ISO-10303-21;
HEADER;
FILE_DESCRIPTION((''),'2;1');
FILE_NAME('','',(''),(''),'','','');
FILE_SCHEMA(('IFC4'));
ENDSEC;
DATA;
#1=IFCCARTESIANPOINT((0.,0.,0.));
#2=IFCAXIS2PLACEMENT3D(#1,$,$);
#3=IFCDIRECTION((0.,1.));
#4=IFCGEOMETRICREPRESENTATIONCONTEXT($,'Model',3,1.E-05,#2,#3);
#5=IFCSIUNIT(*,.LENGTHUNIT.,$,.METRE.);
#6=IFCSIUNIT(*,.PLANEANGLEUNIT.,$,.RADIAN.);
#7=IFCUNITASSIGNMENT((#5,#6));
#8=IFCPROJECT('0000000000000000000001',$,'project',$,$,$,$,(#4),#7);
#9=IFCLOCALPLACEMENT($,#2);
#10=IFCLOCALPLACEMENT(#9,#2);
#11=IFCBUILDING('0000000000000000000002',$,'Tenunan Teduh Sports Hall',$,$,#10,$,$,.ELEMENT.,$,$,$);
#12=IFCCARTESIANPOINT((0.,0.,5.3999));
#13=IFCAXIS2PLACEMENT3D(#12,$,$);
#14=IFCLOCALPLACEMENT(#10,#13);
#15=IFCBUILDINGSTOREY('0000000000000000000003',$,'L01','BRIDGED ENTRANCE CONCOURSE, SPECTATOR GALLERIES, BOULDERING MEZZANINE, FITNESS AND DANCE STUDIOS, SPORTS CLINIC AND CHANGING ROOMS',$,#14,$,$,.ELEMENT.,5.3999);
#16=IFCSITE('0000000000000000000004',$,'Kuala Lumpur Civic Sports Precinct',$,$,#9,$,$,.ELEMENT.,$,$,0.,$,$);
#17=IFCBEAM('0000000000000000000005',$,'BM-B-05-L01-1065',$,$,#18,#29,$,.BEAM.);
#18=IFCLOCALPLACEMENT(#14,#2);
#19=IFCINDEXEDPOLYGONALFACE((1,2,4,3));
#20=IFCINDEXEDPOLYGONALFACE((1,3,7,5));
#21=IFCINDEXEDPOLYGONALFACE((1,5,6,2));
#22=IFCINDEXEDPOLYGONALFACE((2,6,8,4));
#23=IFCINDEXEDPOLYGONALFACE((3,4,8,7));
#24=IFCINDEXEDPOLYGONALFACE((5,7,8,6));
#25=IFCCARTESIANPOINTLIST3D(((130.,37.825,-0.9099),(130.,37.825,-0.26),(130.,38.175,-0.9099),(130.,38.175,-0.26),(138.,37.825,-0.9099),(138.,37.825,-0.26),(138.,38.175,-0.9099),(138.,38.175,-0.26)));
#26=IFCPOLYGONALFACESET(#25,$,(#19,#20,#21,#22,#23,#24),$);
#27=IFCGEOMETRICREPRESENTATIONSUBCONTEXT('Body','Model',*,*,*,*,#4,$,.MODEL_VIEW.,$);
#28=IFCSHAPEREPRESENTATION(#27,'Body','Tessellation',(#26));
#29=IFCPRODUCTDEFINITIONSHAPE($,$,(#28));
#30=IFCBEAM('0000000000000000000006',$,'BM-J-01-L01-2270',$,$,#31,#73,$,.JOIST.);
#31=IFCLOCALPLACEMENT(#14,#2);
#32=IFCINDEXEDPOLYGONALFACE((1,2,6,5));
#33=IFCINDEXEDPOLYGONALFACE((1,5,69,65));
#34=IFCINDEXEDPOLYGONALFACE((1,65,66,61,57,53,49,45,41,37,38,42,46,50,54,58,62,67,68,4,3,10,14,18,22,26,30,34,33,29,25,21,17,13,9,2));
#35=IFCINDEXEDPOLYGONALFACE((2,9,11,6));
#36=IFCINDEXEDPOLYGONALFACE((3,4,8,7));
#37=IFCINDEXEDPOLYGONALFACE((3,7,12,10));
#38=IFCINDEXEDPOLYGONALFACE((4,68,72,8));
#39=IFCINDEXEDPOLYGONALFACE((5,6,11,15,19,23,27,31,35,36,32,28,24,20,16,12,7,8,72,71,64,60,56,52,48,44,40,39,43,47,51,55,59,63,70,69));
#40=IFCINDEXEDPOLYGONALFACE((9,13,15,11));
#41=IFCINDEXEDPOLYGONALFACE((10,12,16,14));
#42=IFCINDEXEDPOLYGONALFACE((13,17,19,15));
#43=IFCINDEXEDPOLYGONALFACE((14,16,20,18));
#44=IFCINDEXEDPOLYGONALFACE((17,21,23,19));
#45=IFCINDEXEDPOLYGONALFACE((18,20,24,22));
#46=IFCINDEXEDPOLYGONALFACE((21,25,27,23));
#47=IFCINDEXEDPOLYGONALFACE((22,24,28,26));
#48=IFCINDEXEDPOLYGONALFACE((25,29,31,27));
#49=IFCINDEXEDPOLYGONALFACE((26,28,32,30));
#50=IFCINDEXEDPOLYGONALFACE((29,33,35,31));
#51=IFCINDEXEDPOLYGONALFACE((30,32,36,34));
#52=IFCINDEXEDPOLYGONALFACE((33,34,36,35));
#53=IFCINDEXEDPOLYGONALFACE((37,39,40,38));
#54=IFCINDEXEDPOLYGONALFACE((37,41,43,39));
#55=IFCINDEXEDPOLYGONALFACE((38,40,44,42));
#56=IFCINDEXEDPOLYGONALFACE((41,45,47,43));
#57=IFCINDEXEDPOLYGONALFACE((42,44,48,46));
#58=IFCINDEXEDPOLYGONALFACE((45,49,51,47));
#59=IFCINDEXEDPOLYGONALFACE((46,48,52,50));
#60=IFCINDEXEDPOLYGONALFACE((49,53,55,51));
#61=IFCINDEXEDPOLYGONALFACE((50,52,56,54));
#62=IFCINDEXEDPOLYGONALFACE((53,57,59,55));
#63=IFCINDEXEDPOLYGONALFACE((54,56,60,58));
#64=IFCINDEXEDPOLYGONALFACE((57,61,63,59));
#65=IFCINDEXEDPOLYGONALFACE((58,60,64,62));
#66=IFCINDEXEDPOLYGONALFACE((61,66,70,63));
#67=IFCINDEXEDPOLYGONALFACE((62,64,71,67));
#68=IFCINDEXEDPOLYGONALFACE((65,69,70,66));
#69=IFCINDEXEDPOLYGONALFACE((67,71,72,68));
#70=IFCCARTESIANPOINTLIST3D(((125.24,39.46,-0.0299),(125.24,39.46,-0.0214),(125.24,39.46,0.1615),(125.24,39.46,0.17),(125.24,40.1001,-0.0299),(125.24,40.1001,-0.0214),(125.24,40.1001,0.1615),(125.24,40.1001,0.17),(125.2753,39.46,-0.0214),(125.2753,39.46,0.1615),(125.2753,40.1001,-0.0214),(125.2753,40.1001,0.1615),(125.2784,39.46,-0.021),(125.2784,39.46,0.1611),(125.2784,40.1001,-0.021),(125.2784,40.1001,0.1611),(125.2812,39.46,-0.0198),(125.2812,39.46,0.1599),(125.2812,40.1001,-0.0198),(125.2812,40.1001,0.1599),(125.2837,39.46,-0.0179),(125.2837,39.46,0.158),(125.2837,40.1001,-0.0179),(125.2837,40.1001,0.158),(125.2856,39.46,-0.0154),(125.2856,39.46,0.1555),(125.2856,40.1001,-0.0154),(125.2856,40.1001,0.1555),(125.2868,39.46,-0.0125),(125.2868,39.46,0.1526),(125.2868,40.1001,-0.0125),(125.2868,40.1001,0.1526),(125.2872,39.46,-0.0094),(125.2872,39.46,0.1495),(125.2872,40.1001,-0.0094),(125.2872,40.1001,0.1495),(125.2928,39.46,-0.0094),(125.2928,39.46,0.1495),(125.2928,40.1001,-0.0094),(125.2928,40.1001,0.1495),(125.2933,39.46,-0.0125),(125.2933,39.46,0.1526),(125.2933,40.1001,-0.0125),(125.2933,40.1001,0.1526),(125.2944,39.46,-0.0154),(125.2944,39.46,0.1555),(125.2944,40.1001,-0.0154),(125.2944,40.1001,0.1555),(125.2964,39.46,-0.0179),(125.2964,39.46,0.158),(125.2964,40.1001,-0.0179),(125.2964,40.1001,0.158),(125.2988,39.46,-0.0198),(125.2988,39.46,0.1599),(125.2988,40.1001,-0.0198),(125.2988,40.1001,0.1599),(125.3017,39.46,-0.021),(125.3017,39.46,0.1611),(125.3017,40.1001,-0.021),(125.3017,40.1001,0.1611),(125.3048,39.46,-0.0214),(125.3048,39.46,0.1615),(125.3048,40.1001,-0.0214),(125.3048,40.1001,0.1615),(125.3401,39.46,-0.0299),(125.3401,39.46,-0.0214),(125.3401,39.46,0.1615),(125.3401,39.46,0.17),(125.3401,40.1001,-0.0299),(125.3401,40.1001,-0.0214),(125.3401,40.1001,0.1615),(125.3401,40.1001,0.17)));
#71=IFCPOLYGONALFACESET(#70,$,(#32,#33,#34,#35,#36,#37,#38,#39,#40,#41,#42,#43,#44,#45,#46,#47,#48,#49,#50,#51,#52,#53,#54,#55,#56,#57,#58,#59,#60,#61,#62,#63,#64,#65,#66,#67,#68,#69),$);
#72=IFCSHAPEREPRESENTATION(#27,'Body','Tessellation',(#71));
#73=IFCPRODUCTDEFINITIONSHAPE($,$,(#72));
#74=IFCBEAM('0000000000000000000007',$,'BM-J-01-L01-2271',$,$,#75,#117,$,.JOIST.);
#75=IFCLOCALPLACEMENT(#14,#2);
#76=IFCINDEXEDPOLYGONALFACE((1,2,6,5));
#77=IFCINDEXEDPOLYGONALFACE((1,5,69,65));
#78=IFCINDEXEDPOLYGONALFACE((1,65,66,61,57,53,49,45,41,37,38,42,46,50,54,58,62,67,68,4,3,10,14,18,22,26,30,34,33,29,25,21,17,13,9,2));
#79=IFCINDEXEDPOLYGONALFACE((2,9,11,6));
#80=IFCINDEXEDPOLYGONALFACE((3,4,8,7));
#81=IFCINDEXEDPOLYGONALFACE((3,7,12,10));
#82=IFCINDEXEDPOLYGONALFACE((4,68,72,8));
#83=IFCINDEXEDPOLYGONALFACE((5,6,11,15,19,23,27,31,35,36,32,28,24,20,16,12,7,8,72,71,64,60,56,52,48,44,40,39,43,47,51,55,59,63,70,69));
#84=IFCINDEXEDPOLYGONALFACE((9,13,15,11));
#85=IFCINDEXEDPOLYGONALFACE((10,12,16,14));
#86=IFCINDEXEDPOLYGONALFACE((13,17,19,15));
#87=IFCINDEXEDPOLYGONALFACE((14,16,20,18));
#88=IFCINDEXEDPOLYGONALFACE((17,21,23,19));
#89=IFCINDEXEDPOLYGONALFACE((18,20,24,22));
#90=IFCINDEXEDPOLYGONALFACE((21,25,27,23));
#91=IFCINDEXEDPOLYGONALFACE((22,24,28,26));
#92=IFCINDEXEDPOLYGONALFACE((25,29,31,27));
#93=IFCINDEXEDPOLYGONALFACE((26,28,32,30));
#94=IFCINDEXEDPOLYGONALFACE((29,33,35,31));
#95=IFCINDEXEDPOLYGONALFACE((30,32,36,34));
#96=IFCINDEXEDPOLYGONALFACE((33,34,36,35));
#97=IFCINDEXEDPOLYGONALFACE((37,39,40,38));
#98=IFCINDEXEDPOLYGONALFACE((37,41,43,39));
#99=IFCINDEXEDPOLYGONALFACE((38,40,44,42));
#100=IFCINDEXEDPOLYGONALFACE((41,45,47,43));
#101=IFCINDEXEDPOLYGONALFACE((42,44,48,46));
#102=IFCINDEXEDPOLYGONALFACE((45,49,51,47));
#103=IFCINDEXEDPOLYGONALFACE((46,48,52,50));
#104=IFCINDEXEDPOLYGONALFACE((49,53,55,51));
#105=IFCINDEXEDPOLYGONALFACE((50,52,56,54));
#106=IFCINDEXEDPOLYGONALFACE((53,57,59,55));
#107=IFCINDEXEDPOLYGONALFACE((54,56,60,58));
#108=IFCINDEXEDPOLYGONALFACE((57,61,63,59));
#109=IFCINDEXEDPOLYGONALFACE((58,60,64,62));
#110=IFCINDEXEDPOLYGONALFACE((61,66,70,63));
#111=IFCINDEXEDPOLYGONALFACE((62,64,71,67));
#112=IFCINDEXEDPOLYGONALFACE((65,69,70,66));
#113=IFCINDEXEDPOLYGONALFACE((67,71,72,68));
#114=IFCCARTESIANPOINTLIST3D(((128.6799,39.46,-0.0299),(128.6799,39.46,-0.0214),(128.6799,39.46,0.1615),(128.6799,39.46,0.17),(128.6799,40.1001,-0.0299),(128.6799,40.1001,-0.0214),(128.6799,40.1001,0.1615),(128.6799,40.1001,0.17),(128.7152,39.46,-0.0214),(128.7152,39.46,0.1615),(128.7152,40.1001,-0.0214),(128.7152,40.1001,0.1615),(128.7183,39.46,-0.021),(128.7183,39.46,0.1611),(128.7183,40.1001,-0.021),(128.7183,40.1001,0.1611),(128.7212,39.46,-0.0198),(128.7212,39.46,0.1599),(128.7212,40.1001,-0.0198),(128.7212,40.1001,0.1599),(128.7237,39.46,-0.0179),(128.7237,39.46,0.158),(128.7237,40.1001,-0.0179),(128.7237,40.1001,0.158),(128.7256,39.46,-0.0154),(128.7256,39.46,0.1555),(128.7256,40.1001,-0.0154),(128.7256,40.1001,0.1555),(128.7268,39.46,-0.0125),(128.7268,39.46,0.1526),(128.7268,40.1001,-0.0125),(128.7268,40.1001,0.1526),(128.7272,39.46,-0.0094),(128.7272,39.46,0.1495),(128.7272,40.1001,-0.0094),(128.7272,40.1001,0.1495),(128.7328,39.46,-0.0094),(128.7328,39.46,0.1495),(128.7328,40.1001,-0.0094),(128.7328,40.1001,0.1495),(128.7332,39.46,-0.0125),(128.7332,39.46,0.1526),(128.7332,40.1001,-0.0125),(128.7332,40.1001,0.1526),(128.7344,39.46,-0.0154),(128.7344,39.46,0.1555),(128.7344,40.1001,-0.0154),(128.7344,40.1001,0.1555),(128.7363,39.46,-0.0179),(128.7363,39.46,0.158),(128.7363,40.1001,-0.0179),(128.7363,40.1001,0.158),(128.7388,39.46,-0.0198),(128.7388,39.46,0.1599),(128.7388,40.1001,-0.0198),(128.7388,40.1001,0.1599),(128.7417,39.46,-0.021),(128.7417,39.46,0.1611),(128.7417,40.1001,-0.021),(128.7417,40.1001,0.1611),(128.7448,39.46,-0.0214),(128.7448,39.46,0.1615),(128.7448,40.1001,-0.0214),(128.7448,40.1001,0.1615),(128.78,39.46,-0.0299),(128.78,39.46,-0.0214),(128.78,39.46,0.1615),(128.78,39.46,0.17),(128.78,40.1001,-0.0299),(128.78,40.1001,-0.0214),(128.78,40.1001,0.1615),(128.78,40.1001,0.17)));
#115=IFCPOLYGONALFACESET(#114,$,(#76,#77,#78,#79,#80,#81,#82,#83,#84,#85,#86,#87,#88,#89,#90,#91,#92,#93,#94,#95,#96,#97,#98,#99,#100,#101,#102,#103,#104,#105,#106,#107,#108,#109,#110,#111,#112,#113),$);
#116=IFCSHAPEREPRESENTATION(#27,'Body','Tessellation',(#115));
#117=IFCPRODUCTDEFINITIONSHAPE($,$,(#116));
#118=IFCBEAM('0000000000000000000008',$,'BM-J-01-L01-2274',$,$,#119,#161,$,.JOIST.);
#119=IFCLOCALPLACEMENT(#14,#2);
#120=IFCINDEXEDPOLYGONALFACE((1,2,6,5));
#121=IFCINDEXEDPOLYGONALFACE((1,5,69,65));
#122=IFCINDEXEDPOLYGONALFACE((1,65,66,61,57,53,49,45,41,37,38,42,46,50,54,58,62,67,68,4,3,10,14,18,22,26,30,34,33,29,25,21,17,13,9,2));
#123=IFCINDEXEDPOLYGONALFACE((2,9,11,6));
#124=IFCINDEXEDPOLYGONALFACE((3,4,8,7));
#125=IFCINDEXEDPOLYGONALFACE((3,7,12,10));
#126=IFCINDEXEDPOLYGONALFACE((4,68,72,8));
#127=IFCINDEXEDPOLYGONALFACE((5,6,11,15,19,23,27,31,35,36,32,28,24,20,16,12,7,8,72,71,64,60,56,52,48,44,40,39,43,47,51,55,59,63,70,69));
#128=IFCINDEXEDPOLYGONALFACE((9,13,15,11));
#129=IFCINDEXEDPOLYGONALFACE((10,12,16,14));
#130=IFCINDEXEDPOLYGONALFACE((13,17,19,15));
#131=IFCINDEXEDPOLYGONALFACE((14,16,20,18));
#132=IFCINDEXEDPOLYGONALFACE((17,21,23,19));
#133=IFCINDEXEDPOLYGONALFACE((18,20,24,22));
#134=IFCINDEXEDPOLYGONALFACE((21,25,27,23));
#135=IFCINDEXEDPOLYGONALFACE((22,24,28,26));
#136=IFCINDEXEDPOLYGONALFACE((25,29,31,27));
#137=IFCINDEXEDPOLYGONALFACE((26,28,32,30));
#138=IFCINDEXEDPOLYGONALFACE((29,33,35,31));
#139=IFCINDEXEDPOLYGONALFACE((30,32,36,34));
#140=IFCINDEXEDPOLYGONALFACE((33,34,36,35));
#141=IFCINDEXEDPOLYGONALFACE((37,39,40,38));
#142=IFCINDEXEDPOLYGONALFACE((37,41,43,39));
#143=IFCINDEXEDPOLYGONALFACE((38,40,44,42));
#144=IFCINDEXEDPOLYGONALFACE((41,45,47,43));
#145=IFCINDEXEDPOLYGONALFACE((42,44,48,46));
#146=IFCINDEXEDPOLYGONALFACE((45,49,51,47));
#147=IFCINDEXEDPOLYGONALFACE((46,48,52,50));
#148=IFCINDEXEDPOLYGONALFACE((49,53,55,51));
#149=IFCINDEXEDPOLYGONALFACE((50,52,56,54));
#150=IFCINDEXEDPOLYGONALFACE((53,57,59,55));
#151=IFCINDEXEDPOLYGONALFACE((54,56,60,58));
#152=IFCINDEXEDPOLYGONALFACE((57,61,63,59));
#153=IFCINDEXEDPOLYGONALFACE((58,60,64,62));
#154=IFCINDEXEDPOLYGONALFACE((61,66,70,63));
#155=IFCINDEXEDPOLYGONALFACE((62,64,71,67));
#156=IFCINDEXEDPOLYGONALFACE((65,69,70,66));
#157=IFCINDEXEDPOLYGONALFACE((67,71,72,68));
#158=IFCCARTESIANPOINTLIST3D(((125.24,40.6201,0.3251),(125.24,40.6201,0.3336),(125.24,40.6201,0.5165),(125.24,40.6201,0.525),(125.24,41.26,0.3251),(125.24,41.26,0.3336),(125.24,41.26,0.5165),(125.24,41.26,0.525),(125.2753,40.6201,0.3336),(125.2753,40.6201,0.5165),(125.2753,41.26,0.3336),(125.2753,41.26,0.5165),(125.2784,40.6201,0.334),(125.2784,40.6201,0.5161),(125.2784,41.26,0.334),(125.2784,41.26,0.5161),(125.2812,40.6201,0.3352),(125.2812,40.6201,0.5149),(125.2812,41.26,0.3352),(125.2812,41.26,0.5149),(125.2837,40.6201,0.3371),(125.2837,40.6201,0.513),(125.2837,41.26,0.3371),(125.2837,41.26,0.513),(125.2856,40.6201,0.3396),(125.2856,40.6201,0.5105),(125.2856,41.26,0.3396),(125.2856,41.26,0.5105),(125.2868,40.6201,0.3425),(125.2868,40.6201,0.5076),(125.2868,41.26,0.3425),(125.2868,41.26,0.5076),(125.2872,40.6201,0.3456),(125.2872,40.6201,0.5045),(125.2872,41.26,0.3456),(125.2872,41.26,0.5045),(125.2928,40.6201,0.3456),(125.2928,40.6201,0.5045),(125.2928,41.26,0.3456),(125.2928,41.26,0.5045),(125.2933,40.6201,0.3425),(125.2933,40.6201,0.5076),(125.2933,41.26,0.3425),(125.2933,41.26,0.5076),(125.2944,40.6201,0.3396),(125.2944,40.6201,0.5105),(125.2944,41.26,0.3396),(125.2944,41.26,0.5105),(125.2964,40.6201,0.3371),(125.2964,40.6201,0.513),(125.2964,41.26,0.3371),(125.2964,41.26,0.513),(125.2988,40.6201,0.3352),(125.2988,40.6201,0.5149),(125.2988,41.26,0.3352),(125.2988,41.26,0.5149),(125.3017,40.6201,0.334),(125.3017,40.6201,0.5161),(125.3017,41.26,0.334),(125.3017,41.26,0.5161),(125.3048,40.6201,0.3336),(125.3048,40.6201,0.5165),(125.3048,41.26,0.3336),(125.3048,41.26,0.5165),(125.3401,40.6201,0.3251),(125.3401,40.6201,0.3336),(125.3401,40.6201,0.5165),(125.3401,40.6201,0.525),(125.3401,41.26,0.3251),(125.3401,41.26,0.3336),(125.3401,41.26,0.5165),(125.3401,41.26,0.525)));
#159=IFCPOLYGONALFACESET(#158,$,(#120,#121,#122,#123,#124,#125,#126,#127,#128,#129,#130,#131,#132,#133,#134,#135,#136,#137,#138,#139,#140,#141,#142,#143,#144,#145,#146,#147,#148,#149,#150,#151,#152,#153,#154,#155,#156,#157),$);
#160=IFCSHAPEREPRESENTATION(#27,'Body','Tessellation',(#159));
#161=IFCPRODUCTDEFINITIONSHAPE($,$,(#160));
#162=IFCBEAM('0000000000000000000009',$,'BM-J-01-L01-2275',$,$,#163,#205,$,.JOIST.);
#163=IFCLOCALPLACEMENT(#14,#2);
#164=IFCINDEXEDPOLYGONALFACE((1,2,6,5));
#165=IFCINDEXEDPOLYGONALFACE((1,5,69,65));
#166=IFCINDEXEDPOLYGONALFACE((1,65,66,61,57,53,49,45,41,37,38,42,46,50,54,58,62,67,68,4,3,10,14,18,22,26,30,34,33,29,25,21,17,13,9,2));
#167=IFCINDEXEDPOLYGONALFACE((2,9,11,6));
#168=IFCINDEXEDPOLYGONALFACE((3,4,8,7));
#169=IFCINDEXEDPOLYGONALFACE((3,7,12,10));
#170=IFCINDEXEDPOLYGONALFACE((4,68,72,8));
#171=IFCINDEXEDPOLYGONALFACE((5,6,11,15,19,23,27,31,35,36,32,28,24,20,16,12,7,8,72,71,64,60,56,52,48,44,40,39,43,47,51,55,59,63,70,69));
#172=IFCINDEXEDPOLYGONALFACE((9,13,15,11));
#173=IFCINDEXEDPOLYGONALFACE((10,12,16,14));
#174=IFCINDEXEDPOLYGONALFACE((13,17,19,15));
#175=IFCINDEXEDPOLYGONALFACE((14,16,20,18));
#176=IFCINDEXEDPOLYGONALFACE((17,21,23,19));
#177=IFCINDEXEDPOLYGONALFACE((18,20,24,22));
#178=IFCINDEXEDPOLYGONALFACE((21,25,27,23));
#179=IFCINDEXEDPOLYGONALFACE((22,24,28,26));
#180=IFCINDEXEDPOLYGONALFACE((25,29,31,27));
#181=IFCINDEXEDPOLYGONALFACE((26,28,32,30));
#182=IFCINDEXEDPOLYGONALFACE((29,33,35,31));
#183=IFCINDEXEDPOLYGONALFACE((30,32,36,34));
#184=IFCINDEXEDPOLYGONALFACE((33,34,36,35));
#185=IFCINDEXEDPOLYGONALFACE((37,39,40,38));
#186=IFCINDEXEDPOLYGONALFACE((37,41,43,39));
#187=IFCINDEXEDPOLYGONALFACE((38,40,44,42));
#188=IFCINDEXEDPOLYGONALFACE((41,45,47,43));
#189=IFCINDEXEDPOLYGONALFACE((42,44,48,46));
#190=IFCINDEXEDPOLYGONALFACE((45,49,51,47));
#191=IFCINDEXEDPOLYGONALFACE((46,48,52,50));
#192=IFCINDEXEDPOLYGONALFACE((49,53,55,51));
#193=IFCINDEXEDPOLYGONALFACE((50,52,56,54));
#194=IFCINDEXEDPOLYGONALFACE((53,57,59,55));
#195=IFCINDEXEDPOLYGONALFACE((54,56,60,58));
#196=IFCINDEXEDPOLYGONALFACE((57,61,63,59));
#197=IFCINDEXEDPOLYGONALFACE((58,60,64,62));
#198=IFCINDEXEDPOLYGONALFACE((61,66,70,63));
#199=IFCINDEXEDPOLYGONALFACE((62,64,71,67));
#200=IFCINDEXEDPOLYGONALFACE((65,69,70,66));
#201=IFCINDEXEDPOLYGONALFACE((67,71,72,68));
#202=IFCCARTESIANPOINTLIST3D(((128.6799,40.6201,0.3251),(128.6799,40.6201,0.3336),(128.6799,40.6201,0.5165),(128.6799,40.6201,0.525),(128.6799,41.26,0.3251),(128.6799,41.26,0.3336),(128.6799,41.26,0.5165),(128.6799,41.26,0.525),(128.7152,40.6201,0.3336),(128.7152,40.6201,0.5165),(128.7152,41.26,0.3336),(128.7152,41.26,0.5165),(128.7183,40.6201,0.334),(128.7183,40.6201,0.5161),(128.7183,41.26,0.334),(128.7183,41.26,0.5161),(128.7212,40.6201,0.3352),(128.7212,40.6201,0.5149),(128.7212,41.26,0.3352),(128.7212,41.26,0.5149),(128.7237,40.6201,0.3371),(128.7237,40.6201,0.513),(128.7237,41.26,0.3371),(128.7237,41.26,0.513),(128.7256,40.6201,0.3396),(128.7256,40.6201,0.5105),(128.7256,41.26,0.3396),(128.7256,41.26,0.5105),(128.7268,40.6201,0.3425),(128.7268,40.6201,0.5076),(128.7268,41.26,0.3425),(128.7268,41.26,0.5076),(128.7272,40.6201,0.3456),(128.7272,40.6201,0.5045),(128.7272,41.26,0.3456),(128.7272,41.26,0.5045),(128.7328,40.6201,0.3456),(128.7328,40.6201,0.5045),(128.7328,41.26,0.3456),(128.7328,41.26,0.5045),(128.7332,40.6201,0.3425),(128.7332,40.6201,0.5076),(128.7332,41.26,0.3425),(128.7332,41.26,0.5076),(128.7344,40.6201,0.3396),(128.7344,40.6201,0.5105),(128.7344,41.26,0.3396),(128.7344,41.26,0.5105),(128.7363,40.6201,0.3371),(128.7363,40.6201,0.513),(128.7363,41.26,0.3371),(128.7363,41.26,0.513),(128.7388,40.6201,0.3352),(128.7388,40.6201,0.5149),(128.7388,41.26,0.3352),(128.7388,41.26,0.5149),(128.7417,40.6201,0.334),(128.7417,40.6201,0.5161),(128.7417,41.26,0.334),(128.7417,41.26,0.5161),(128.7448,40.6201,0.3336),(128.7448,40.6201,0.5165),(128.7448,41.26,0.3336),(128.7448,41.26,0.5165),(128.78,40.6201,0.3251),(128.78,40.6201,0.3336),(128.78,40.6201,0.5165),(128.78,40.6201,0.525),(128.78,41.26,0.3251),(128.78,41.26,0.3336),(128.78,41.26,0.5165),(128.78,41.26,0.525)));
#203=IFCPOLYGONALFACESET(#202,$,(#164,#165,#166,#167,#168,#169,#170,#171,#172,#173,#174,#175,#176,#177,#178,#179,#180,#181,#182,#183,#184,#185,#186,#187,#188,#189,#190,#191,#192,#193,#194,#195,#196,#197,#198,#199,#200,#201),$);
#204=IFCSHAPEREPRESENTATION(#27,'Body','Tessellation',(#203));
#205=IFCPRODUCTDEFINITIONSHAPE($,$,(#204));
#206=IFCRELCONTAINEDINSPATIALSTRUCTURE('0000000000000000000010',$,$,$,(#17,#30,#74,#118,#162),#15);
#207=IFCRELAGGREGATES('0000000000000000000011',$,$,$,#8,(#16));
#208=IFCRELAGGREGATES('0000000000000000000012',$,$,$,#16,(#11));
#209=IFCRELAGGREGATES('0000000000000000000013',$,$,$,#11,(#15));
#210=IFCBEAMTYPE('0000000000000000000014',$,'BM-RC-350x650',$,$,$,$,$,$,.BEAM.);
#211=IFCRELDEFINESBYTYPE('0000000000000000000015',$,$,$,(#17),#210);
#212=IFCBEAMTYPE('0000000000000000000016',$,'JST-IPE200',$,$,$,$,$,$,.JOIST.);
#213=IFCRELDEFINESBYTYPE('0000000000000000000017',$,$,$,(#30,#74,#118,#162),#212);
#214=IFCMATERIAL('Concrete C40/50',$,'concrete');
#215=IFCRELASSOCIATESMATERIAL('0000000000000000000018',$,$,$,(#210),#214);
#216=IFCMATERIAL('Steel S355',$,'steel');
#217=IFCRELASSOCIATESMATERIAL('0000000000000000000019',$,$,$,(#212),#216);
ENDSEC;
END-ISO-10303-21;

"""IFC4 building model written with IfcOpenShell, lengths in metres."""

from ifc_helpers import new_model, si_unit, direction, frame, origin, origin_2d, place, context, subcontext, project, spatial, rectangle, i_section, extrude, material, material_profile, profile_set, type_object, element, save


model = new_model("IFC4")

# Units and contexts
model_context = context("Model", 3, precision=1e-05, world=origin(), true_north=direction((0.0, 1.0)))
body_context = subcontext(model_context, "Body", "Model", "MODEL_VIEW")
ifc_project = project(units=[si_unit("LENGTHUNIT", "METRE"), si_unit("PLANEANGLEUNIT", "RADIAN")], contexts=[model_context])

# Site, building, storey
site_placement = place(None, origin())
site = spatial("IfcSite", under=ifc_project, at=site_placement, Name="Kuala Lumpur Civic Sports Precinct", CompositionType="ELEMENT", RefElevation=0.0)
building_placement = place(site_placement, origin())
building = spatial("IfcBuilding", under=site, at=building_placement, Name="Tenunan Teduh Sports Hall", CompositionType="ELEMENT")
storey_placement = place(building_placement, frame((0.0, 0.0, 5.3999)))
storey = spatial("IfcBuildingStorey", under=building, at=storey_placement, Name="L01", Description="BRIDGED ENTRANCE CONCOURSE, SPECTATOR GALLERIES, BOULDERING MEZZANINE, FITNESS AND DANCE STUDIOS, SPORTS CLINIC AND CHANGING ROOMS", CompositionType="ELEMENT", Elevation=5.3999)

# Beams
ifc_material_1 = material(Name="Concrete C40/50", Category="concrete")
ifc_material_profile_1 = material_profile(ifc_material_1, rectangle(XDim=0.3501, YDim=0.6499, at=origin_2d()), Name="RCB 350x650")
ifc_profile_set_1 = profile_set([ifc_material_profile_1], Name="Concrete C40/50")
beam_type_1 = type_object("IfcBeamType", Name="BM-RC-350x650", PredefinedType="BEAM", material=ifc_profile_set_1)
beam_1_placement = place(storey_placement, frame((130.0, 38.0, -0.585), z_axis=(1.0, 0.0, 0.0), x_axis=(0.0, 1.0, 0.0)))
element("IfcBeam", 1, at=beam_1_placement, inside=storey, type_object=beam_type_1, Name="BM-B-05-L01-1065", PredefinedType="BEAM", context=body_context, shape_type="SweptSolid", body=[
    extrude(rectangle(XDim=0.3501, YDim=0.6499, at=origin_2d()), origin(), (0.0, 0.0, 1.0), 8.0),
])
ifc_material_2 = material(Name="Steel S355", Category="steel")
ifc_material_profile_2 = material_profile(ifc_material_2, i_section(OverallWidth=0.1001, OverallDepth=0.2, WebThickness=0.0056, FlangeThickness=0.0085, FilletRadius=0.012, at=origin_2d()), Name="IPE 200")
ifc_profile_set_2 = profile_set([ifc_material_profile_2], Name="Steel S355")
beam_type_2 = type_object("IfcBeamType", Name="JST-IPE200", PredefinedType="JOIST", material=ifc_profile_set_2)
for number, where, z_axis, x_axis, name in (
    (2, (125.29, 39.46, 0.0701), (0.0, 1.0, 0.0), (-1.0, 0.0, 0.0), "BM-J-01-L01-2270"),
    (3, (128.73, 39.46, 0.0701), (0.0, 1.0, 0.0), (-1.0, 0.0, 0.0), "BM-J-01-L01-2271"),
):
    element("IfcBeam", number, at=place(storey_placement, frame(where, z_axis=z_axis, x_axis=x_axis)), inside=storey, type_object=beam_type_2, Name=name, PredefinedType="JOIST", context=body_context, shape_type="SweptSolid", body=[
        extrude(i_section(OverallWidth=0.1001, OverallDepth=0.2, WebThickness=0.0056, FlangeThickness=0.0085, FilletRadius=0.012, at=origin_2d()), origin(), (0.0, 0.0, 1.0), 0.6401),
    ])
for number, where, z_axis, x_axis, name in (
    (4, (125.29, 40.6201, 0.425), (0.0, 1.0, 0.0), (-1.0, 0.0, 0.0), "BM-J-01-L01-2274"),
    (5, (128.73, 40.6201, 0.425), (0.0, 1.0, 0.0), (-1.0, 0.0, 0.0), "BM-J-01-L01-2275"),
):
    element("IfcBeam", number, at=place(storey_placement, frame(where, z_axis=z_axis, x_axis=x_axis)), inside=storey, type_object=beam_type_2, Name=name, PredefinedType="JOIST", context=body_context, shape_type="SweptSolid", body=[
        extrude(i_section(OverallWidth=0.1001, OverallDepth=0.2, WebThickness=0.0056, FlangeThickness=0.0085, FilletRadius=0.012, at=origin_2d()), origin(), (0.0, 0.0, 1.0), 0.6399),
    ])

save(model, "model.ifc")
